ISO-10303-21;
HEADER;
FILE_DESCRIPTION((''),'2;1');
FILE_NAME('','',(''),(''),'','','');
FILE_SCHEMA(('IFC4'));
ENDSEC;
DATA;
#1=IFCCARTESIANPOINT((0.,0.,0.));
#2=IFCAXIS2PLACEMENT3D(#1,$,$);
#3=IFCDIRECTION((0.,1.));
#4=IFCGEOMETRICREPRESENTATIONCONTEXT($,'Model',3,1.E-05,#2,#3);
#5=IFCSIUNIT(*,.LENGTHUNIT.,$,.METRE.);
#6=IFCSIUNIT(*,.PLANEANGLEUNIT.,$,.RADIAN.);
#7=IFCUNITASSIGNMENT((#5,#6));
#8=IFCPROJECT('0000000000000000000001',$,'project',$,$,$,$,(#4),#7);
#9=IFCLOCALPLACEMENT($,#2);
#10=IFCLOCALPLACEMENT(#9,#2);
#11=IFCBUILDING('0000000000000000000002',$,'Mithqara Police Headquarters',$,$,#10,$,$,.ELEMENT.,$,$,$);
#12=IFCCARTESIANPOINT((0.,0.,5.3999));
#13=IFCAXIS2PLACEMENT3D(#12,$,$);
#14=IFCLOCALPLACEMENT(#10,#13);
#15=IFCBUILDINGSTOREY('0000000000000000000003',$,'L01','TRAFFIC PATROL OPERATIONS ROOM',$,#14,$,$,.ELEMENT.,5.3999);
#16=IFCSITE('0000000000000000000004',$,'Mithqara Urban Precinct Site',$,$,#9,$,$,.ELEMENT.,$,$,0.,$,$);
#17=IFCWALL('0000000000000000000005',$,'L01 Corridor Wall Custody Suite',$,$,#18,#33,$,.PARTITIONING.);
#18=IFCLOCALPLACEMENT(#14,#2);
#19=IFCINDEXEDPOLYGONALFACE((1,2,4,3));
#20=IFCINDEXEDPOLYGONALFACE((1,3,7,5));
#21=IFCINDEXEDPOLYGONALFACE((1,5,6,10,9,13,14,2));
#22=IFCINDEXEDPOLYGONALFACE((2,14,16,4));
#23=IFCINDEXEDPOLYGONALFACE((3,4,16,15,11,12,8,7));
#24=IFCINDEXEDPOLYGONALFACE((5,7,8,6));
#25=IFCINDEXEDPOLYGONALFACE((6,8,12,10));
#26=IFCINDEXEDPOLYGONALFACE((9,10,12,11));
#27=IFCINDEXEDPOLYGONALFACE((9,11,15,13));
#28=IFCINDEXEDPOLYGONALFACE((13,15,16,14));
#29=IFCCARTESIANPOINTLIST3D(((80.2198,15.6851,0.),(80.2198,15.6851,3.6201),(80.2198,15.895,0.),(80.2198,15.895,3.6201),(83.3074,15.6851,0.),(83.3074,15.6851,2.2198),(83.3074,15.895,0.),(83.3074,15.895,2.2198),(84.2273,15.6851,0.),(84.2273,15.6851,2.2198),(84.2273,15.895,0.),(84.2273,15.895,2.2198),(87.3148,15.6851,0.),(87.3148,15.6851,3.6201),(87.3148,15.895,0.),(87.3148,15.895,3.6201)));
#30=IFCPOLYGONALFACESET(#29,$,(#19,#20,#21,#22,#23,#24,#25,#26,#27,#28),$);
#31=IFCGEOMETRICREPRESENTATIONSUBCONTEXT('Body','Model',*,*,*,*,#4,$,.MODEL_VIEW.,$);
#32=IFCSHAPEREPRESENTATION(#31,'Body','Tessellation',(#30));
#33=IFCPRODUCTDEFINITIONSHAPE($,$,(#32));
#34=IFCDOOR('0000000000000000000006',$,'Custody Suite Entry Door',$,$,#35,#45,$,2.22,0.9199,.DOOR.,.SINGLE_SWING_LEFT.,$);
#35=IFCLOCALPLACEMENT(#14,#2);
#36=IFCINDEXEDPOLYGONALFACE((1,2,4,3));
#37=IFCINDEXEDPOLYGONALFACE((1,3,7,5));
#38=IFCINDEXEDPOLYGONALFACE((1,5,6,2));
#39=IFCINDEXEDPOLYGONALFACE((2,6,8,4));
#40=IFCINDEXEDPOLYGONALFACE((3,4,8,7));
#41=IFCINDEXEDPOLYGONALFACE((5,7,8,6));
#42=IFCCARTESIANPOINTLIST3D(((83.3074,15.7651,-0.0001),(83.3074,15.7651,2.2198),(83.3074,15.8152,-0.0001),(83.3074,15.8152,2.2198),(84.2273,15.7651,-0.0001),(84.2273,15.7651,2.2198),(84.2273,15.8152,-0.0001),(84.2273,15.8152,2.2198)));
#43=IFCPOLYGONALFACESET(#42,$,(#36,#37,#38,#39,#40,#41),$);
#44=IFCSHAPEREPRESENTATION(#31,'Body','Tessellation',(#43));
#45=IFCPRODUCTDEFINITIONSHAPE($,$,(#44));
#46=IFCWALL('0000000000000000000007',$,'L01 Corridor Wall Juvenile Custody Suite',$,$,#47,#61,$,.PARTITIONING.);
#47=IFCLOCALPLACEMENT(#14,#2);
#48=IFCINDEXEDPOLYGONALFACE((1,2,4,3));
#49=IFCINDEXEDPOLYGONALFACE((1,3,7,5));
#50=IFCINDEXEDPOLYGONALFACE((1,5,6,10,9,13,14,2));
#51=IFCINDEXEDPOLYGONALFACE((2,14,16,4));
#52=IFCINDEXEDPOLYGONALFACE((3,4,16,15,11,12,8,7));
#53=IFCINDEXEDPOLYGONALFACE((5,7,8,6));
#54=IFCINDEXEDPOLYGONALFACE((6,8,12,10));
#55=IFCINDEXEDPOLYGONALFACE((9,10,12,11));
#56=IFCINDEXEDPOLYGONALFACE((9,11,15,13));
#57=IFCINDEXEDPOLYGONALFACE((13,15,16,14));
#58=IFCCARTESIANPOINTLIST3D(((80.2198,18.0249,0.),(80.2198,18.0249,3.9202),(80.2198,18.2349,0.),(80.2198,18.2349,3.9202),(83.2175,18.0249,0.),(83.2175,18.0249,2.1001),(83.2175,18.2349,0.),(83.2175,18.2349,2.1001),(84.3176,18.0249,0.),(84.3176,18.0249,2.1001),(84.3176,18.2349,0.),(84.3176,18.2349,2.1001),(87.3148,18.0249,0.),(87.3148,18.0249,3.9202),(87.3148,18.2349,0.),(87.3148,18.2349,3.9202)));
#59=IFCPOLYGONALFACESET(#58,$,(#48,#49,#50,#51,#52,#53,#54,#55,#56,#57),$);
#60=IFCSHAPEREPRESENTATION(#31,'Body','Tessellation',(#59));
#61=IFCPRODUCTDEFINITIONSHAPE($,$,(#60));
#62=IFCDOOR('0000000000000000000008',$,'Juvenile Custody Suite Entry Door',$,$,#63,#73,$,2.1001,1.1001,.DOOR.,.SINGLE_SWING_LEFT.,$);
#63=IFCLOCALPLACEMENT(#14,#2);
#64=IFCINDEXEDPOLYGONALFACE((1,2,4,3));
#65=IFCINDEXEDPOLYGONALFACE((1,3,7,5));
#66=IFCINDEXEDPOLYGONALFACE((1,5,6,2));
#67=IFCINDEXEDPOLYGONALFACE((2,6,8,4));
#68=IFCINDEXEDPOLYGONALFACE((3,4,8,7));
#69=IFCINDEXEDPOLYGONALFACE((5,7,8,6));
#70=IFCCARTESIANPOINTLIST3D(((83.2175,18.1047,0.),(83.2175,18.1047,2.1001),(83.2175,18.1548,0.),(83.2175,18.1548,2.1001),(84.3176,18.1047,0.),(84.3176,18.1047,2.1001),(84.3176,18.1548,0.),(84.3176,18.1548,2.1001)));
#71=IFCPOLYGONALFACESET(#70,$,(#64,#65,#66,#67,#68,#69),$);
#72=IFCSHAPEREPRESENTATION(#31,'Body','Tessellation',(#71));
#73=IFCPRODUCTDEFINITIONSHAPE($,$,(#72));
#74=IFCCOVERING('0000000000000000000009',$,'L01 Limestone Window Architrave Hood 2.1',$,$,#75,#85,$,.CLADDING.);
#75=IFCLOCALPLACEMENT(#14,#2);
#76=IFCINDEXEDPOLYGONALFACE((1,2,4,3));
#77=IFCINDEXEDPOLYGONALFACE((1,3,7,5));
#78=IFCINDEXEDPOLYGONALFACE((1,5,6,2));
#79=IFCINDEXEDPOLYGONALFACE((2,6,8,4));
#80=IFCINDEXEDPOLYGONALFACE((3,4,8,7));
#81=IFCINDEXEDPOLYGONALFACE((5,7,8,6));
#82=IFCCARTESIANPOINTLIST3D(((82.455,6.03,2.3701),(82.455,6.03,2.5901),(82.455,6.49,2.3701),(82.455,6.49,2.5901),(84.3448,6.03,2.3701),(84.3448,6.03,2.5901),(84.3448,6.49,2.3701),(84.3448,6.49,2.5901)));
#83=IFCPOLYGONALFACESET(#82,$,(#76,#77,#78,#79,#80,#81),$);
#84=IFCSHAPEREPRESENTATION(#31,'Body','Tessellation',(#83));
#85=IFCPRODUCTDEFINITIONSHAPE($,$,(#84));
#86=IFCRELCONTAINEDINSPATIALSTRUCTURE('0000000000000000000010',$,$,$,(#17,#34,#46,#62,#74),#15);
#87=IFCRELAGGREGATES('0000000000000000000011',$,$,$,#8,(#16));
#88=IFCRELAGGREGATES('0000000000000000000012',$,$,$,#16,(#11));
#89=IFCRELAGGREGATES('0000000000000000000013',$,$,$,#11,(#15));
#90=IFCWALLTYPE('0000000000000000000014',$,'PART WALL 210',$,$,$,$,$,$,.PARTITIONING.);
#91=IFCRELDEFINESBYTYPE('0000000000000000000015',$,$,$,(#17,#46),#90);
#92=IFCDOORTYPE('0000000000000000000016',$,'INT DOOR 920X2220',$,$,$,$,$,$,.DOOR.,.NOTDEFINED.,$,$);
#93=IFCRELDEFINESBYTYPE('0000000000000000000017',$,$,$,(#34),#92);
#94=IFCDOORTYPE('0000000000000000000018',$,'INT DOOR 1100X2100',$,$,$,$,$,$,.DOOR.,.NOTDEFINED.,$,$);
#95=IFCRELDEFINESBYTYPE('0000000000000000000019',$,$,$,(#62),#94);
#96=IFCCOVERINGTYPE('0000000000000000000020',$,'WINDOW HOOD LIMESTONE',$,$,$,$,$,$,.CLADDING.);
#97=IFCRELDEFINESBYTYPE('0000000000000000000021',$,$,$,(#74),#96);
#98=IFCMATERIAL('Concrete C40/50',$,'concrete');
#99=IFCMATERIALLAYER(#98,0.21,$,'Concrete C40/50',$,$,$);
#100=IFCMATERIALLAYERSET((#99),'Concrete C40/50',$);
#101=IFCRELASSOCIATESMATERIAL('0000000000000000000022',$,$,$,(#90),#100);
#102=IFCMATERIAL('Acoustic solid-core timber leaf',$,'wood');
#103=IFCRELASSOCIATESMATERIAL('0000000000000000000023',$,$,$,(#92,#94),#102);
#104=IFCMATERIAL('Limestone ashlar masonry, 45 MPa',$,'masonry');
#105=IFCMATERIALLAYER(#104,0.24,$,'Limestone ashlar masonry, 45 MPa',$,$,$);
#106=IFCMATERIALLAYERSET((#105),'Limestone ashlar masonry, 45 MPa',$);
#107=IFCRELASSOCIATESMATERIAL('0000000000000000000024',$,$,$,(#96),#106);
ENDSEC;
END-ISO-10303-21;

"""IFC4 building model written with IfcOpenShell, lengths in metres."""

from ifc_helpers import new_model, si_unit, direction, frame, frame_2d, origin, origin_2d, place, context, subcontext, project, spatial, rectangle, extrude, material, layer, layer_set, type_object, element, fill, save


model = new_model("IFC4")

# Units and contexts
model_context = context("Model", 3, precision=1e-05, world=origin(), true_north=direction((0.0, 1.0)))
body_context = subcontext(model_context, "Body", "Model", "MODEL_VIEW")
ifc_project = project(units=[si_unit("LENGTHUNIT", "METRE"), si_unit("PLANEANGLEUNIT", "RADIAN")], contexts=[model_context])

# Site, building, storey
site_placement = place(None, origin())
site = spatial("IfcSite", under=ifc_project, at=site_placement, Name="Mithqara Urban Precinct Site", CompositionType="ELEMENT", RefElevation=0.0)
building_placement = place(site_placement, origin())
building = spatial("IfcBuilding", under=site, at=building_placement, Name="Mithqara Police Headquarters", CompositionType="ELEMENT")
storey_placement = place(building_placement, frame((0.0, 0.0, 5.3999)))
storey = spatial("IfcBuildingStorey", under=building, at=storey_placement, Name="L01", Description="TRAFFIC PATROL OPERATIONS ROOM", CompositionType="ELEMENT", Elevation=5.3999)

# Shared definitions
ifc_material_1 = material(Name="Concrete C40/50", Category="concrete")

# Shared definitions
ifc_material_2 = material(Name="Limestone ashlar masonry, 45 MPa", Category="masonry")

# Walls, openings, doors
ifc_layer_1 = layer(ifc_material_1, 0.21, Name="Concrete C40/50")
ifc_layer_set_1 = layer_set([ifc_layer_1], Name="Concrete C40/50")
wall_type_1 = type_object("IfcWallType", Name="PART WALL 210", PredefinedType="PARTITIONING", material=ifc_layer_set_1)
wall_1_placement = place(storey_placement, frame((80.22, 15.79, 0.0), z_axis=(0.0, 0.0, 1.0), x_axis=(1.0, 0.0, 0.0)))
wall_1 = element("IfcWall", 1, at=wall_1_placement, inside=storey, type_object=wall_type_1, Name="L01 Corridor Wall Custody Suite", PredefinedType="PARTITIONING", context=body_context, shape_type="SweptSolid", body=[
    extrude(rectangle(XDim=7.095, YDim=0.21, at=frame_2d((3.5474, 0.0))), origin(), (0.0, 0.0, 1.0), 3.6201),
])
opening_1_placement = place(wall_1_placement, frame((3.0874, 0.0, 0.0)))
opening_1 = element("IfcOpeningElement", 2, at=opening_1_placement, cuts=wall_1, PredefinedType="OPENING", context=body_context, shape_type="SweptSolid", body=[
    extrude(rectangle(XDim=0.9199, YDim=2.22, at=frame_2d((0.46, 1.1099))), frame((0.0, 0.115, 0.0), z_axis=(0.0, -1.0, 0.0), x_axis=(1.0, 0.0, 0.0)), (0.0, 0.0, 1.0), 0.23),
])
ifc_material_3 = material(Name="Acoustic solid-core timber leaf", Category="wood")
door_type_1 = type_object("IfcDoorType", Name="INT DOOR 920X2220", OperationType="NOTDEFINED", PredefinedType="DOOR", material=ifc_material_3)
door_1_placement = place(opening_1_placement, frame((0.9199, 0.0, 0.0), z_axis=(0.0, 0.0, 1.0), x_axis=(-1.0, 0.0, 0.0)))
door_1 = element("IfcDoor", 3, at=door_1_placement, inside=storey, type_object=door_type_1, Name="Custody Suite Entry Door", OperationType="SINGLE_SWING_LEFT", OverallHeight=2.22, OverallWidth=0.9199, PredefinedType="DOOR", context=body_context, shape_type="SweptSolid", body=[
    extrude(rectangle(XDim=0.9199, YDim=2.22, at=frame_2d((0.46, 1.1099))), frame((0.0, 0.0249, 0.0), z_axis=(0.0, -1.0, 0.0), x_axis=(1.0, 0.0, 0.0)), (0.0, 0.0, 1.0), 0.05),
])
fill(opening_1, door_1)
wall_2_placement = place(storey_placement, frame((80.22, 18.1299, 0.0), z_axis=(0.0, 0.0, 1.0), x_axis=(1.0, 0.0, 0.0)))
wall_2 = element("IfcWall", 4, at=wall_2_placement, inside=storey, type_object=wall_type_1, Name="L01 Corridor Wall Juvenile Custody Suite", PredefinedType="PARTITIONING", context=body_context, shape_type="SweptSolid", body=[
    extrude(rectangle(XDim=7.095, YDim=0.21, at=frame_2d((3.5474, 0.0))), origin(), (0.0, 0.0, 1.0), 3.9202),
])
opening_2_placement = place(wall_2_placement, frame((2.9976, 0.0, 0.0)))
opening_2 = element("IfcOpeningElement", 5, at=opening_2_placement, cuts=wall_2, PredefinedType="OPENING", context=body_context, shape_type="SweptSolid", body=[
    extrude(rectangle(XDim=1.1001, YDim=2.1001, at=frame_2d((0.55, 1.05))), frame((0.0, 0.115, 0.0), z_axis=(0.0, -1.0, 0.0), x_axis=(1.0, 0.0, 0.0)), (0.0, 0.0, 1.0), 0.23),
])
door_type_2 = type_object("IfcDoorType", Name="INT DOOR 1100X2100", OperationType="NOTDEFINED", PredefinedType="DOOR", material=ifc_material_3)
door_2_placement = place(opening_2_placement, origin())
door_2 = element("IfcDoor", 6, at=door_2_placement, inside=storey, type_object=door_type_2, Name="Juvenile Custody Suite Entry Door", OperationType="SINGLE_SWING_LEFT", OverallHeight=2.1001, OverallWidth=1.1001, PredefinedType="DOOR", context=body_context, shape_type="SweptSolid", body=[
    extrude(rectangle(XDim=1.1001, YDim=2.1001, at=frame_2d((0.55, 1.05))), frame((0.0, 0.0249, 0.0), z_axis=(0.0, -1.0, 0.0), x_axis=(1.0, 0.0, 0.0)), (0.0, 0.0, 1.0), 0.05),
])
fill(opening_2, door_2)

# Covering
ifc_layer_2 = layer(ifc_material_2, 0.24, Name="Limestone ashlar masonry, 45 MPa")
ifc_layer_set_2 = layer_set([ifc_layer_2], Name="Limestone ashlar masonry, 45 MPa")
covering_type = type_object("IfcCoveringType", Name="WINDOW HOOD LIMESTONE", PredefinedType="CLADDING", material=ifc_layer_set_2)
covering_placement = place(storey_placement, frame((83.3999, 6.26, 2.3701), z_axis=(0.0, 0.0, 1.0), x_axis=(1.0, 0.0, 0.0)))
element("IfcCovering", 7, at=covering_placement, inside=storey, type_object=covering_type, Name="L01 Limestone Window Architrave Hood 2.1", PredefinedType="CLADDING", context=body_context, shape_type="SweptSolid", body=[
    extrude(rectangle(XDim=1.8899, YDim=0.46, at=origin_2d()), origin(), (0.0, 0.0, 1.0), 0.22),
])

save(model, "model.ifc")
